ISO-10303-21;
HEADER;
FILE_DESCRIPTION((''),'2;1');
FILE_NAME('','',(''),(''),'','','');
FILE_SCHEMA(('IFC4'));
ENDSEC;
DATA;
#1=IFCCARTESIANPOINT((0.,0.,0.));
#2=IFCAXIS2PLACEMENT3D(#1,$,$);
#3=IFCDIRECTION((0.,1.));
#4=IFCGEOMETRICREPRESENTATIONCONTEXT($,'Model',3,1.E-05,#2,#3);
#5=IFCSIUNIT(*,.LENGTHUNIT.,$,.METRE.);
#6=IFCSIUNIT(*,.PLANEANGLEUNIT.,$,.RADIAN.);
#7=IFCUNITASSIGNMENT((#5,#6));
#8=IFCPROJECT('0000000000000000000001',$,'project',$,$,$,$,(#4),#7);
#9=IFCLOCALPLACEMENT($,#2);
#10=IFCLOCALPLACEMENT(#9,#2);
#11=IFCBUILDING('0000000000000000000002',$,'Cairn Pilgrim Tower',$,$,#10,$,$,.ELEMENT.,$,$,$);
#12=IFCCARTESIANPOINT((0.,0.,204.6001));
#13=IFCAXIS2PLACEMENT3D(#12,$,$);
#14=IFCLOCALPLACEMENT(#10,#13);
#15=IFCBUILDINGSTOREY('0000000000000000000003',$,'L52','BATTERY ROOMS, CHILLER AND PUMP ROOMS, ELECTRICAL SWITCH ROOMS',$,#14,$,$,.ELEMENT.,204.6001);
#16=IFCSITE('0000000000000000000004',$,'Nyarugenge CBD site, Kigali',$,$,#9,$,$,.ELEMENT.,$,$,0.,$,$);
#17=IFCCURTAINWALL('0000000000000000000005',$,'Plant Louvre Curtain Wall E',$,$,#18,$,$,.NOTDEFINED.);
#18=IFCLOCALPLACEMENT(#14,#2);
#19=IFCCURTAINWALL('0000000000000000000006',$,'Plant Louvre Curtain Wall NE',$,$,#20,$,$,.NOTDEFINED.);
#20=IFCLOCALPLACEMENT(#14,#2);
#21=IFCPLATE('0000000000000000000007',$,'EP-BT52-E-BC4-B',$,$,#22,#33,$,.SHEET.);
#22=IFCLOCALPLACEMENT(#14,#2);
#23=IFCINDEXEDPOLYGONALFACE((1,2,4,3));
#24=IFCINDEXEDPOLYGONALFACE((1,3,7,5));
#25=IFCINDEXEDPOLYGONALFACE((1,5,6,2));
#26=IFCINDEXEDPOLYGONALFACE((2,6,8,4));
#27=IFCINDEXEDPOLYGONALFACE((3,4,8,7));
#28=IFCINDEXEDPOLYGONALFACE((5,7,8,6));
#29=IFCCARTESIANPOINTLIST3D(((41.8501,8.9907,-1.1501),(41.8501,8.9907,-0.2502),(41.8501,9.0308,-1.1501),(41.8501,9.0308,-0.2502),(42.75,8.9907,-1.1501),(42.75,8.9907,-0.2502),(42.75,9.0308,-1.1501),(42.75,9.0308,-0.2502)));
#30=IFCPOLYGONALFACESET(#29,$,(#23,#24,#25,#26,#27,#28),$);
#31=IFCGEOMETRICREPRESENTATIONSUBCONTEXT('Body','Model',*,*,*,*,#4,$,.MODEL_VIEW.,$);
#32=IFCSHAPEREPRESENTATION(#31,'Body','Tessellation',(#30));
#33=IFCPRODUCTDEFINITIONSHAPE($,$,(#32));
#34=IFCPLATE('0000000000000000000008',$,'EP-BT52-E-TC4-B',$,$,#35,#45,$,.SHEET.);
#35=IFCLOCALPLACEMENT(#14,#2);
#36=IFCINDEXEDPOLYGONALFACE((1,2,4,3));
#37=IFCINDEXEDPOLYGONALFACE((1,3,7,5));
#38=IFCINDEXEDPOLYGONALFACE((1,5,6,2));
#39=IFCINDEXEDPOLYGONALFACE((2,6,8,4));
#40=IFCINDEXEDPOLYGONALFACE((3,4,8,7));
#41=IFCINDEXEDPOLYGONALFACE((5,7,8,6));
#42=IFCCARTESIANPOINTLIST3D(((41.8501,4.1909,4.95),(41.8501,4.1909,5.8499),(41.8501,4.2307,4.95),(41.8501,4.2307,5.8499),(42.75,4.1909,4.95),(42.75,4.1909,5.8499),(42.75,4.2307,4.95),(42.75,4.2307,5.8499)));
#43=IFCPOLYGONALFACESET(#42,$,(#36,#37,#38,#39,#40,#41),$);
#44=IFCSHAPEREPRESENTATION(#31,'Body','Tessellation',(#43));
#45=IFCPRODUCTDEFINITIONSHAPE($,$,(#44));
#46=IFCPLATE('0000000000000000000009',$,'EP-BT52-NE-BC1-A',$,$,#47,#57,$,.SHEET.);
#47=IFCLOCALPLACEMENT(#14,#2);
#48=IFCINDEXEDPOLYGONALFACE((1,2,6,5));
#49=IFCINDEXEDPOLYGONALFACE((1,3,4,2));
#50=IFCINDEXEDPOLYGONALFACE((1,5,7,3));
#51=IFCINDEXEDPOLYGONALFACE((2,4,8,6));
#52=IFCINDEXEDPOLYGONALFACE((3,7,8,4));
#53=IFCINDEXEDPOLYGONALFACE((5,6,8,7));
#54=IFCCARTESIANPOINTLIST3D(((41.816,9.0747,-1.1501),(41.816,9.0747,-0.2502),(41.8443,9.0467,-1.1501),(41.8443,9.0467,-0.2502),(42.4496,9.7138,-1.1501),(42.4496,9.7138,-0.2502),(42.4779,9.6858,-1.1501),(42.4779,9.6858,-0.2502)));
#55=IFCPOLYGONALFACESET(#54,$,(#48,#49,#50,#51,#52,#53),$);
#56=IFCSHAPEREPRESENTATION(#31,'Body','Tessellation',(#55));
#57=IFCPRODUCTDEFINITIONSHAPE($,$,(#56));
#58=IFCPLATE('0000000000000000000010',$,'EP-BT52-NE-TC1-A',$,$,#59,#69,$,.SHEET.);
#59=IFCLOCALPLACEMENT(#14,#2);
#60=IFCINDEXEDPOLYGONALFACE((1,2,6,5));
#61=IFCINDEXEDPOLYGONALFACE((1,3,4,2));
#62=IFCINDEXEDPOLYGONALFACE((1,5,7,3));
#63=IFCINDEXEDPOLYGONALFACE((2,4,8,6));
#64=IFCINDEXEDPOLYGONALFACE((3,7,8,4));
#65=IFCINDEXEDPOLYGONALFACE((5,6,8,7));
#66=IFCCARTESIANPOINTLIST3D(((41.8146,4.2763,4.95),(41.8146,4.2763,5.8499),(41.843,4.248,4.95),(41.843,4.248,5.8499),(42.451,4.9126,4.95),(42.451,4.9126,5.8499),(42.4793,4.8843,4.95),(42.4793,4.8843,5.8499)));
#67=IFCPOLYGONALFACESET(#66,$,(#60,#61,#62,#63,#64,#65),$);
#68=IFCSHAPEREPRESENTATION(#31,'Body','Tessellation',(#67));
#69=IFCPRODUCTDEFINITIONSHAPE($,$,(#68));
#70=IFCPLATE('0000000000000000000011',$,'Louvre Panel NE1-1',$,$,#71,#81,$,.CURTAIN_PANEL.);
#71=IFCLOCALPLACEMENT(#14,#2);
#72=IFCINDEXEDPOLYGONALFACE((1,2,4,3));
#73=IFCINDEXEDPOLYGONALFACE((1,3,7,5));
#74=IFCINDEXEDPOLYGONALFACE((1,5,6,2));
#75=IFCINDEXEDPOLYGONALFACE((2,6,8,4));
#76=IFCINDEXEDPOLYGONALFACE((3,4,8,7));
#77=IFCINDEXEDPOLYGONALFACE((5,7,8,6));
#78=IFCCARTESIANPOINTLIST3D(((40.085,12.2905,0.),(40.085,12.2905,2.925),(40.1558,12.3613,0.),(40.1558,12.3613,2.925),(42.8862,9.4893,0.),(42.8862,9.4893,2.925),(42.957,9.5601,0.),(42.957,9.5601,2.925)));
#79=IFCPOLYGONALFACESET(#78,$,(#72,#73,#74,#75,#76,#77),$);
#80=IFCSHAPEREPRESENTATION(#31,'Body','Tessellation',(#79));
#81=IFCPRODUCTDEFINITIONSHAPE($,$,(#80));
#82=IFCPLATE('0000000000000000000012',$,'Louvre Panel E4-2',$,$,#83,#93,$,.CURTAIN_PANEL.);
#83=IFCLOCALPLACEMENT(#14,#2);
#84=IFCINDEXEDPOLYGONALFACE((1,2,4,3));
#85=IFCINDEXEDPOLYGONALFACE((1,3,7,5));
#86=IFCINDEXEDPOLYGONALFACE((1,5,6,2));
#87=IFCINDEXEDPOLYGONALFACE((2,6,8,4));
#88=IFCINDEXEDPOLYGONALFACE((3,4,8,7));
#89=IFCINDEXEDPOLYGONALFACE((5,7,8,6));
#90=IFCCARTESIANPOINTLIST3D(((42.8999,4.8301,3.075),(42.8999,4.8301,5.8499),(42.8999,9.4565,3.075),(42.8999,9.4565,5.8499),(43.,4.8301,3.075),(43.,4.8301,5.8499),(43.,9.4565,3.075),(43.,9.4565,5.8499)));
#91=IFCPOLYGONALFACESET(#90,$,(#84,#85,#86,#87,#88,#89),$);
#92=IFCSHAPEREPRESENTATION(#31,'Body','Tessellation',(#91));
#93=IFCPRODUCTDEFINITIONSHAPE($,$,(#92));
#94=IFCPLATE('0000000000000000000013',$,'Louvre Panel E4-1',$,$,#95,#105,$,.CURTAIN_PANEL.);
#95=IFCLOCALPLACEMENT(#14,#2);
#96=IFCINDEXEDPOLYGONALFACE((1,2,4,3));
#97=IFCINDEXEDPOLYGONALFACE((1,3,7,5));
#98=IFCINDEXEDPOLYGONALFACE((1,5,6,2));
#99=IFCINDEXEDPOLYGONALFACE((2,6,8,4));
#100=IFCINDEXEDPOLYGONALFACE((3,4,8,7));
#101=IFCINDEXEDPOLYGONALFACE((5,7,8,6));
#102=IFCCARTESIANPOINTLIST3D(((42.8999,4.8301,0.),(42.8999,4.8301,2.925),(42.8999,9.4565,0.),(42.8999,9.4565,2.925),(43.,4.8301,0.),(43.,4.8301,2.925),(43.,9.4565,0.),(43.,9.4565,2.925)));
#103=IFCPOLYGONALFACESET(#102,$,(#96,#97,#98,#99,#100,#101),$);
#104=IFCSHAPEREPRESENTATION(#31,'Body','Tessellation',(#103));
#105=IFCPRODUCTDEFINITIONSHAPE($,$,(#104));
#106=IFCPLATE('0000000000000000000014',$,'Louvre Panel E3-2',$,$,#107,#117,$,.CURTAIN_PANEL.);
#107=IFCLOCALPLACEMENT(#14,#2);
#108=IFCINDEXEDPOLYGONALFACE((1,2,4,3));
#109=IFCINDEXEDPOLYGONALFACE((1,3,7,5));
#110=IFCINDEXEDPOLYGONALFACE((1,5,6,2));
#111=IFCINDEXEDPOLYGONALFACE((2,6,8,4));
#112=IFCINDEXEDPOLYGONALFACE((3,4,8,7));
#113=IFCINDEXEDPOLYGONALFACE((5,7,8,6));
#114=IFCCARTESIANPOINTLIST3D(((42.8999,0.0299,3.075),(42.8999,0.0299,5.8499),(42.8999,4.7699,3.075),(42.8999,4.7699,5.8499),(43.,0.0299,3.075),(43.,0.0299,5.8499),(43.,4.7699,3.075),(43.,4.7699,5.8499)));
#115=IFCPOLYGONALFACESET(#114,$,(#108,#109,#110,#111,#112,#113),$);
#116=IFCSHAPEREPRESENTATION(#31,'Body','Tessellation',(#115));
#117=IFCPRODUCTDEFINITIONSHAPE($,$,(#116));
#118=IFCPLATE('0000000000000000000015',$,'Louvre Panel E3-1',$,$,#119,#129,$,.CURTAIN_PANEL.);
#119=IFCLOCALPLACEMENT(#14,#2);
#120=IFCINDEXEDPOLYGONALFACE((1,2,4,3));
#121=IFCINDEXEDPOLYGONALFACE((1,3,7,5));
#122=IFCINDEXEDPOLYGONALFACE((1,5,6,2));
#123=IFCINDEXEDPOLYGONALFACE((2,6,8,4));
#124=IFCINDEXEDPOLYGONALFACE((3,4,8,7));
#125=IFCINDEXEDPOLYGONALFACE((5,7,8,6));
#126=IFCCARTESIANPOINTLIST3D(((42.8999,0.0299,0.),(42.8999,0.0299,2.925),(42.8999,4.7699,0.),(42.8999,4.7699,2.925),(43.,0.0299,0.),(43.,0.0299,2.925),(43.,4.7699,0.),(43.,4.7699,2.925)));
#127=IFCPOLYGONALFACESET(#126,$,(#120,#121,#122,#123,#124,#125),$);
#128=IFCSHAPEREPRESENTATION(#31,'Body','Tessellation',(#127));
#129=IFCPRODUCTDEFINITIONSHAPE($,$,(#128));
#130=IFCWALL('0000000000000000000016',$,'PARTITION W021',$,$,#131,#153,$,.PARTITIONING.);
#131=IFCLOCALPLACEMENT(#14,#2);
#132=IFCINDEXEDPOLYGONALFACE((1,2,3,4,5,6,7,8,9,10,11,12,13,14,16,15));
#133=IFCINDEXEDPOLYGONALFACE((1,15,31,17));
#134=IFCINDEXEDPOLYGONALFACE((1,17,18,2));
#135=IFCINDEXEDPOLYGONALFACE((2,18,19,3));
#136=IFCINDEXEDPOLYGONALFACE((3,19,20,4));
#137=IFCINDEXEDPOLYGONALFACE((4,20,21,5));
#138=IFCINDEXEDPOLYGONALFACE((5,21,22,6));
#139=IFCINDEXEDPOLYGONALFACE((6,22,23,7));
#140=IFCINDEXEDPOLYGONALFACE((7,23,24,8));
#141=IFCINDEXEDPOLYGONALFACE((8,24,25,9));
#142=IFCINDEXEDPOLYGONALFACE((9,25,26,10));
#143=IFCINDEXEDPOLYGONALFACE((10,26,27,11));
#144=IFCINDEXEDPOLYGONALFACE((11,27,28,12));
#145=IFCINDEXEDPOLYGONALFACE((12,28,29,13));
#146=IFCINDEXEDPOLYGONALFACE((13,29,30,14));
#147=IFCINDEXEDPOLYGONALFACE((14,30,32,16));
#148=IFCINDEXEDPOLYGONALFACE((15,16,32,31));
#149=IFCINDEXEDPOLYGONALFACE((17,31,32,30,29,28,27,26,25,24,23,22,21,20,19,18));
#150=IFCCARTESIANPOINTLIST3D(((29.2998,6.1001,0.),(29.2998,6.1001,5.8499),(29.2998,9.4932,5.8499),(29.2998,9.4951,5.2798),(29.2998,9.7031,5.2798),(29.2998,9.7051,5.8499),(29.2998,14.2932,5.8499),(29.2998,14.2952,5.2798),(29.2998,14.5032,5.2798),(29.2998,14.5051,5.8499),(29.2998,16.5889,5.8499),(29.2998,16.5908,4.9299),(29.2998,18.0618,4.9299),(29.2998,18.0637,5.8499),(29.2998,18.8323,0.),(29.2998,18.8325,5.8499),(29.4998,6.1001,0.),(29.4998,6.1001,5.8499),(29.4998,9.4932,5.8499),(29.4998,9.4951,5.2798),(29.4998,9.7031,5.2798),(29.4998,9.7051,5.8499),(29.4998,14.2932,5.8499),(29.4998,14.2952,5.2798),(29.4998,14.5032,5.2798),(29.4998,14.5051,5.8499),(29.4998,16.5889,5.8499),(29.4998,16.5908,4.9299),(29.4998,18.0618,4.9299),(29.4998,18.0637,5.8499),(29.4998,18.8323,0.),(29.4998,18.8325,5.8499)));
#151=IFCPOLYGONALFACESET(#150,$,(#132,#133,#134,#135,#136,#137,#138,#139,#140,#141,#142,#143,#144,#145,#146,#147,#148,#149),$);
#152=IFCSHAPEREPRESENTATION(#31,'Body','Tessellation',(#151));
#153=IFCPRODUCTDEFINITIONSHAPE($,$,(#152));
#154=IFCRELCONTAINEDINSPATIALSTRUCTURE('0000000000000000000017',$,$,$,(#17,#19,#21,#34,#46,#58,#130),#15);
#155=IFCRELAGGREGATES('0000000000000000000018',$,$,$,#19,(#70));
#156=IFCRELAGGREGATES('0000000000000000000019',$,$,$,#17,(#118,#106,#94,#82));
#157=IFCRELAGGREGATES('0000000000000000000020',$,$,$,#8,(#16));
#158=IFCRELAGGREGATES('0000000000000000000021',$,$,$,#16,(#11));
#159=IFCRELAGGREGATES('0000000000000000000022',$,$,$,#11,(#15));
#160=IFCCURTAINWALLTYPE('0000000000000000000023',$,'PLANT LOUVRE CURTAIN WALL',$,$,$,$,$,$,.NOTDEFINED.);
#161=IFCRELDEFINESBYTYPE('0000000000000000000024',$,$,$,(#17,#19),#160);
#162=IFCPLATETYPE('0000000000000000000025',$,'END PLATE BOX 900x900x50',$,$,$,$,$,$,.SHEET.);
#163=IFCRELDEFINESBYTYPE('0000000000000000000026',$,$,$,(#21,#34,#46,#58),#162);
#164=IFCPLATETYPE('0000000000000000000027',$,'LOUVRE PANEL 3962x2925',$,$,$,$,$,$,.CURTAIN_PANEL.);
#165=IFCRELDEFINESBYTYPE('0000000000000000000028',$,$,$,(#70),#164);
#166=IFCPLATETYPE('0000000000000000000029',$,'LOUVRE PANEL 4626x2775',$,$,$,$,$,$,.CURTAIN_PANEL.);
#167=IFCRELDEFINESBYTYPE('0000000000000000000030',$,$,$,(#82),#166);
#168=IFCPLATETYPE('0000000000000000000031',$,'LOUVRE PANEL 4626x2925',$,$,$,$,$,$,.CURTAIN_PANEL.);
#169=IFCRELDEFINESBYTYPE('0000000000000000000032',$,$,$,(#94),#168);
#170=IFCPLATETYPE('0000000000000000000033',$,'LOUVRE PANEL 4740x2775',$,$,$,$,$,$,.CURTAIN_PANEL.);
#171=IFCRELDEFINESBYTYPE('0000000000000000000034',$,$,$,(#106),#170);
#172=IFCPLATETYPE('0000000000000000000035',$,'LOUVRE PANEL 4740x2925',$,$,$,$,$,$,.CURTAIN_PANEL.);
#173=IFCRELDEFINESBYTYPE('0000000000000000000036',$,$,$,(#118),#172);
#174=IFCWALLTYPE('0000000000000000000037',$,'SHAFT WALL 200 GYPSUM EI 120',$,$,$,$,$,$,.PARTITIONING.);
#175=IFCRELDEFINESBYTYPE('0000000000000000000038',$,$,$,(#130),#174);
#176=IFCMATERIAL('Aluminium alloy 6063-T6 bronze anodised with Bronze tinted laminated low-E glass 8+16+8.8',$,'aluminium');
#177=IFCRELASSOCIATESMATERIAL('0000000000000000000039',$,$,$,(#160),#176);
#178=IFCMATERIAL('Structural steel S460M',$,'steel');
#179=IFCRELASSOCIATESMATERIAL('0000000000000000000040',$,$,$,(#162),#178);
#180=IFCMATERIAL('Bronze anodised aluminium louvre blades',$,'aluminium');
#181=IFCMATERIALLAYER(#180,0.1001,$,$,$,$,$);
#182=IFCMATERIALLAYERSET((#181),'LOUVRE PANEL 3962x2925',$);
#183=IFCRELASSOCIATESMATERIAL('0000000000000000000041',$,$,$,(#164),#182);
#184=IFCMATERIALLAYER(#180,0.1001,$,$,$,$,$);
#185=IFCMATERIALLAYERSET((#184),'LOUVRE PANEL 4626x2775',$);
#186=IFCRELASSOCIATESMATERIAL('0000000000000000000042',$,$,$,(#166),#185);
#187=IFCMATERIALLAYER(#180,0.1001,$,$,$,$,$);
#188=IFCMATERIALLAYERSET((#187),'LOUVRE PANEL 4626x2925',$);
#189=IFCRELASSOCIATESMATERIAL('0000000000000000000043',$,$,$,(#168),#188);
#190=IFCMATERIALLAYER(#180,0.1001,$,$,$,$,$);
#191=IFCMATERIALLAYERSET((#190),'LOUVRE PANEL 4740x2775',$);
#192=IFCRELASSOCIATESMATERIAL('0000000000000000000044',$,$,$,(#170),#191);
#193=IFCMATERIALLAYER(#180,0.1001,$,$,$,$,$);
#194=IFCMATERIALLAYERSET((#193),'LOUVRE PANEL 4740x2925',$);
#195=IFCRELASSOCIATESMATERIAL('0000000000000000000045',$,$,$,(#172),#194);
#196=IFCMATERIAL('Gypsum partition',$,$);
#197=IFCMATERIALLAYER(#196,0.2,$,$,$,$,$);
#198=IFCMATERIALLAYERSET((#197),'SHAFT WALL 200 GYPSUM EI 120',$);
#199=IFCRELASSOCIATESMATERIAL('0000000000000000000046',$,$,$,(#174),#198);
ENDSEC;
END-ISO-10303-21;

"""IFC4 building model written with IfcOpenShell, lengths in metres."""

from ifc_helpers import new_model, si_unit, direction, frame, origin, origin_2d, place, context, subcontext, project, spatial, polyline, rectangle, outline, extrude, material, layer, layer_set, material_profile, profile_set, type_object, element, aggregate, save


model = new_model("IFC4")

# Units and contexts
model_context = context("Model", 3, precision=1e-05, world=origin(), true_north=direction((0.0, 1.0)))
body_context = subcontext(model_context, "Body", "Model", "MODEL_VIEW")
ifc_project = project(units=[si_unit("LENGTHUNIT", "METRE"), si_unit("PLANEANGLEUNIT", "RADIAN")], contexts=[model_context])

# Site, building, storey
site_placement = place(None, origin())
site = spatial("IfcSite", under=ifc_project, at=site_placement, Name="Nyarugenge CBD site, Kigali", CompositionType="ELEMENT", RefElevation=0.0)
building_placement = place(site_placement, origin())
building = spatial("IfcBuilding", under=site, at=building_placement, Name="Cairn Pilgrim Tower", CompositionType="ELEMENT")
storey_placement = place(building_placement, frame((0.0, 0.0, 204.6001)))
storey = spatial("IfcBuildingStorey", under=building, at=storey_placement, Name="L52", Description="BATTERY ROOMS, CHILLER AND PUMP ROOMS, ELECTRICAL SWITCH ROOMS", CompositionType="ELEMENT", Elevation=204.6001)

# Shared definitions
ifc_material_1 = material(Name="Structural steel S460M", Category="steel")

# Curtain wall
ifc_material_2 = material(Name="Aluminium alloy 6063-T6 bronze anodised with Bronze tinted laminated low-E glass 8+16+8.8", Category="aluminium")
curtain_wall_type = type_object("IfcCurtainWallType", Name="PLANT LOUVRE CURTAIN WALL", PredefinedType="NOTDEFINED", material=ifc_material_2)
curtain_wall_1_placement = place(storey_placement, origin())
curtain_wall_1 = element("IfcCurtainWall", 1, at=curtain_wall_1_placement, inside=storey, type_object=curtain_wall_type, Name="Plant Louvre Curtain Wall E", PredefinedType="NOTDEFINED")

# Curtain wall
curtain_wall_2_placement = place(storey_placement, origin())
curtain_wall_2 = element("IfcCurtainWall", 2, at=curtain_wall_2_placement, inside=storey, type_object=curtain_wall_type, Name="Plant Louvre Curtain Wall NE", PredefinedType="NOTDEFINED")

# Plates
ifc_material_profile_1 = material_profile(ifc_material_1, rectangle(XDim=0.8999, YDim=0.8999, at=origin_2d()), Name="END PLATE BOX 900x900x50")
ifc_profile_set_1 = profile_set([ifc_material_profile_1], Name="Structural steel S460M")
plate_type_1 = type_object("IfcPlateType", Name="END PLATE BOX 900x900x50", PredefinedType="SHEET", material=ifc_profile_set_1)
plate_1_placement = place(storey_placement, frame((42.3, 8.9907, -0.7002), z_axis=(0.0, 1.0, 0.0), x_axis=(-1.0, 0.0, 0.0)))
element("IfcPlate", 3, at=plate_1_placement, inside=storey, type_object=plate_type_1, Name="EP-BT52-E-BC4-B", PredefinedType="SHEET", context=body_context, shape_type="SweptSolid", body=[
    extrude(rectangle(XDim=0.8999, YDim=0.8999, at=origin_2d()), origin(), (0.0, 0.0, 1.0), 0.04),
])
for number, where, z_axis, x_axis, name in (
    (4, (42.3, 4.1909, 5.3999), (0.0, 1.0, 0.0), (-1.0, 0.0, 0.0), "EP-BT52-E-TC4-B"),
    (5, (42.1328, 9.3943, -0.7002), (0.710161, -0.704039, 0.0), (0.704039, 0.710161, 0.0), "EP-BT52-NE-BC1-A"),
):
    element("IfcPlate", number, at=place(storey_placement, frame(where, z_axis=z_axis, x_axis=x_axis)), inside=storey, type_object=plate_type_1, Name=name, PredefinedType="SHEET", context=body_context, shape_type="SweptSolid", body=[
        extrude(rectangle(XDim=0.8999, YDim=0.8999, at=origin_2d()), origin(), (0.0, 0.0, 1.0), 0.0398),
    ])
plate_2_placement = place(storey_placement, frame((42.1328, 4.5945, 5.3999), z_axis=(0.707107, -0.707107, 0.0), x_axis=(0.707107, 0.707107, 0.0)))
element("IfcPlate", 6, at=plate_2_placement, inside=storey, type_object=plate_type_1, Name="EP-BT52-NE-TC1-A", PredefinedType="SHEET", context=body_context, shape_type="SweptSolid", body=[
    extrude(rectangle(XDim=0.8999, YDim=0.8999, at=origin_2d()), origin(), (0.0, 0.0, 1.0), 0.04),
])

# Plates
ifc_material_3 = material(Name="Bronze anodised aluminium louvre blades", Category="aluminium")
ifc_layer_1 = layer(ifc_material_3, 0.1001)
ifc_layer_set_1 = layer_set([ifc_layer_1], Name="LOUVRE PANEL 3962x2925")
plate_type_2 = type_object("IfcPlateType", Name="LOUVRE PANEL 3962x2925", PredefinedType="CURTAIN_PANEL", material=ifc_layer_set_1)
plate_3_placement = place(storey_placement, frame((41.521, 10.9253, 0.0), z_axis=(0.0, 0.0, 1.0), x_axis=(-0.707107, 0.707107, 0.0)))
plate_3 = element("IfcPlate", 7, at=plate_3_placement, type_object=plate_type_2, Name="Louvre Panel NE1-1", PredefinedType="CURTAIN_PANEL", context=body_context, shape_type="SweptSolid", body=[
    extrude(rectangle(XDim=3.9614, YDim=0.1001, at=origin_2d()), origin(), (0.0, 0.0, 1.0), 2.925),
])
aggregate(curtain_wall_2, [plate_3])
ifc_layer_2 = layer(ifc_material_3, 0.1001)
ifc_layer_set_2 = layer_set([ifc_layer_2], Name="LOUVRE PANEL 4626x2775")
plate_type_3 = type_object("IfcPlateType", Name="LOUVRE PANEL 4626x2775", PredefinedType="CURTAIN_PANEL", material=ifc_layer_set_2)
plate_4_placement = place(storey_placement, frame((42.95, 7.1433, 3.075), z_axis=(0.0, 0.0, 1.0), x_axis=(0.0, 1.0, 0.0)))
plate_4 = element("IfcPlate", 8, at=plate_4_placement, type_object=plate_type_3, Name="Louvre Panel E4-2", PredefinedType="CURTAIN_PANEL", context=body_context, shape_type="SweptSolid", body=[
    extrude(rectangle(XDim=4.6265, YDim=0.1001, at=origin_2d()), origin(), (0.0, 0.0, 1.0), 2.7749),
])
ifc_layer_3 = layer(ifc_material_3, 0.1001)
ifc_layer_set_3 = layer_set([ifc_layer_3], Name="LOUVRE PANEL 4626x2925")
plate_type_4 = type_object("IfcPlateType", Name="LOUVRE PANEL 4626x2925", PredefinedType="CURTAIN_PANEL", material=ifc_layer_set_3)
plate_5_placement = place(storey_placement, frame((42.95, 7.1433, 0.0), z_axis=(0.0, 0.0, 1.0), x_axis=(0.0, 1.0, 0.0)))
plate_5 = element("IfcPlate", 9, at=plate_5_placement, type_object=plate_type_4, Name="Louvre Panel E4-1", PredefinedType="CURTAIN_PANEL", context=body_context, shape_type="SweptSolid", body=[
    extrude(rectangle(XDim=4.6265, YDim=0.1001, at=origin_2d()), origin(), (0.0, 0.0, 1.0), 2.925),
])
ifc_layer_4 = layer(ifc_material_3, 0.1001)
ifc_layer_set_4 = layer_set([ifc_layer_4], Name="LOUVRE PANEL 4740x2775")
plate_type_5 = type_object("IfcPlateType", Name="LOUVRE PANEL 4740x2775", PredefinedType="CURTAIN_PANEL", material=ifc_layer_set_4)
plate_6_placement = place(storey_placement, frame((42.95, 2.3999, 3.075), z_axis=(0.0, 0.0, 1.0), x_axis=(0.0, 1.0, 0.0)))
plate_6 = element("IfcPlate", 10, at=plate_6_placement, type_object=plate_type_5, Name="Louvre Panel E3-2", PredefinedType="CURTAIN_PANEL", context=body_context, shape_type="SweptSolid", body=[
    extrude(rectangle(XDim=4.74, YDim=0.1001, at=origin_2d()), origin(), (0.0, 0.0, 1.0), 2.7749),
])
ifc_layer_5 = layer(ifc_material_3, 0.1001)
ifc_layer_set_5 = layer_set([ifc_layer_5], Name="LOUVRE PANEL 4740x2925")
plate_type_6 = type_object("IfcPlateType", Name="LOUVRE PANEL 4740x2925", PredefinedType="CURTAIN_PANEL", material=ifc_layer_set_5)
plate_7_placement = place(storey_placement, frame((42.95, 2.3999, 0.0), z_axis=(0.0, 0.0, 1.0), x_axis=(0.0, 1.0, 0.0)))
plate_7 = element("IfcPlate", 11, at=plate_7_placement, type_object=plate_type_6, Name="Louvre Panel E3-1", PredefinedType="CURTAIN_PANEL", context=body_context, shape_type="SweptSolid", body=[
    extrude(rectangle(XDim=4.74, YDim=0.1001, at=origin_2d()), origin(), (0.0, 0.0, 1.0), 2.925),
])
aggregate(curtain_wall_1, [plate_7, plate_6, plate_5, plate_4])

# Wall
ifc_material_4 = material(Name="Gypsum partition")
ifc_layer_6 = layer(ifc_material_4, 0.2)
ifc_layer_set_6 = layer_set([ifc_layer_6], Name="SHAFT WALL 200 GYPSUM EI 120")
wall_type = type_object("IfcWallType", Name="SHAFT WALL 200 GYPSUM EI 120", PredefinedType="PARTITIONING", material=ifc_layer_set_6)
wall_placement = place(storey_placement, frame((29.3999, 6.1001, 0.0), z_axis=(0.0, 0.0, 1.0), x_axis=(0.0, 1.0, 0.0)))
element("IfcWall", 12, at=wall_placement, inside=storey, type_object=wall_type, Name="PARTITION W021", PredefinedType="PARTITIONING", context=body_context, shape_type="SweptSolid", body=[
    extrude(outline(polyline([(0.0, 0.0), (12.7322, 0.0), (12.7324, 5.8499), (11.9636, 5.8499), (11.9617, 4.9299), (10.4907, 4.9299), (10.4888, 5.8499), (8.405, 5.8499), (8.4031, 5.2798), (8.1951, 5.2798), (8.1931, 5.8499), (3.605, 5.8499), (3.603, 5.2798), (3.395, 5.2798), (3.3931, 5.8499), (0.0, 5.8499), (0.0, 0.0)])), frame((0.0, 0.1001, 0.0), z_axis=(0.0, -1.0, 0.0), x_axis=(1.0, 0.0, 0.0)), (0.0, 0.0, 1.0), 0.2),
])

save(model, "model.ifc")
